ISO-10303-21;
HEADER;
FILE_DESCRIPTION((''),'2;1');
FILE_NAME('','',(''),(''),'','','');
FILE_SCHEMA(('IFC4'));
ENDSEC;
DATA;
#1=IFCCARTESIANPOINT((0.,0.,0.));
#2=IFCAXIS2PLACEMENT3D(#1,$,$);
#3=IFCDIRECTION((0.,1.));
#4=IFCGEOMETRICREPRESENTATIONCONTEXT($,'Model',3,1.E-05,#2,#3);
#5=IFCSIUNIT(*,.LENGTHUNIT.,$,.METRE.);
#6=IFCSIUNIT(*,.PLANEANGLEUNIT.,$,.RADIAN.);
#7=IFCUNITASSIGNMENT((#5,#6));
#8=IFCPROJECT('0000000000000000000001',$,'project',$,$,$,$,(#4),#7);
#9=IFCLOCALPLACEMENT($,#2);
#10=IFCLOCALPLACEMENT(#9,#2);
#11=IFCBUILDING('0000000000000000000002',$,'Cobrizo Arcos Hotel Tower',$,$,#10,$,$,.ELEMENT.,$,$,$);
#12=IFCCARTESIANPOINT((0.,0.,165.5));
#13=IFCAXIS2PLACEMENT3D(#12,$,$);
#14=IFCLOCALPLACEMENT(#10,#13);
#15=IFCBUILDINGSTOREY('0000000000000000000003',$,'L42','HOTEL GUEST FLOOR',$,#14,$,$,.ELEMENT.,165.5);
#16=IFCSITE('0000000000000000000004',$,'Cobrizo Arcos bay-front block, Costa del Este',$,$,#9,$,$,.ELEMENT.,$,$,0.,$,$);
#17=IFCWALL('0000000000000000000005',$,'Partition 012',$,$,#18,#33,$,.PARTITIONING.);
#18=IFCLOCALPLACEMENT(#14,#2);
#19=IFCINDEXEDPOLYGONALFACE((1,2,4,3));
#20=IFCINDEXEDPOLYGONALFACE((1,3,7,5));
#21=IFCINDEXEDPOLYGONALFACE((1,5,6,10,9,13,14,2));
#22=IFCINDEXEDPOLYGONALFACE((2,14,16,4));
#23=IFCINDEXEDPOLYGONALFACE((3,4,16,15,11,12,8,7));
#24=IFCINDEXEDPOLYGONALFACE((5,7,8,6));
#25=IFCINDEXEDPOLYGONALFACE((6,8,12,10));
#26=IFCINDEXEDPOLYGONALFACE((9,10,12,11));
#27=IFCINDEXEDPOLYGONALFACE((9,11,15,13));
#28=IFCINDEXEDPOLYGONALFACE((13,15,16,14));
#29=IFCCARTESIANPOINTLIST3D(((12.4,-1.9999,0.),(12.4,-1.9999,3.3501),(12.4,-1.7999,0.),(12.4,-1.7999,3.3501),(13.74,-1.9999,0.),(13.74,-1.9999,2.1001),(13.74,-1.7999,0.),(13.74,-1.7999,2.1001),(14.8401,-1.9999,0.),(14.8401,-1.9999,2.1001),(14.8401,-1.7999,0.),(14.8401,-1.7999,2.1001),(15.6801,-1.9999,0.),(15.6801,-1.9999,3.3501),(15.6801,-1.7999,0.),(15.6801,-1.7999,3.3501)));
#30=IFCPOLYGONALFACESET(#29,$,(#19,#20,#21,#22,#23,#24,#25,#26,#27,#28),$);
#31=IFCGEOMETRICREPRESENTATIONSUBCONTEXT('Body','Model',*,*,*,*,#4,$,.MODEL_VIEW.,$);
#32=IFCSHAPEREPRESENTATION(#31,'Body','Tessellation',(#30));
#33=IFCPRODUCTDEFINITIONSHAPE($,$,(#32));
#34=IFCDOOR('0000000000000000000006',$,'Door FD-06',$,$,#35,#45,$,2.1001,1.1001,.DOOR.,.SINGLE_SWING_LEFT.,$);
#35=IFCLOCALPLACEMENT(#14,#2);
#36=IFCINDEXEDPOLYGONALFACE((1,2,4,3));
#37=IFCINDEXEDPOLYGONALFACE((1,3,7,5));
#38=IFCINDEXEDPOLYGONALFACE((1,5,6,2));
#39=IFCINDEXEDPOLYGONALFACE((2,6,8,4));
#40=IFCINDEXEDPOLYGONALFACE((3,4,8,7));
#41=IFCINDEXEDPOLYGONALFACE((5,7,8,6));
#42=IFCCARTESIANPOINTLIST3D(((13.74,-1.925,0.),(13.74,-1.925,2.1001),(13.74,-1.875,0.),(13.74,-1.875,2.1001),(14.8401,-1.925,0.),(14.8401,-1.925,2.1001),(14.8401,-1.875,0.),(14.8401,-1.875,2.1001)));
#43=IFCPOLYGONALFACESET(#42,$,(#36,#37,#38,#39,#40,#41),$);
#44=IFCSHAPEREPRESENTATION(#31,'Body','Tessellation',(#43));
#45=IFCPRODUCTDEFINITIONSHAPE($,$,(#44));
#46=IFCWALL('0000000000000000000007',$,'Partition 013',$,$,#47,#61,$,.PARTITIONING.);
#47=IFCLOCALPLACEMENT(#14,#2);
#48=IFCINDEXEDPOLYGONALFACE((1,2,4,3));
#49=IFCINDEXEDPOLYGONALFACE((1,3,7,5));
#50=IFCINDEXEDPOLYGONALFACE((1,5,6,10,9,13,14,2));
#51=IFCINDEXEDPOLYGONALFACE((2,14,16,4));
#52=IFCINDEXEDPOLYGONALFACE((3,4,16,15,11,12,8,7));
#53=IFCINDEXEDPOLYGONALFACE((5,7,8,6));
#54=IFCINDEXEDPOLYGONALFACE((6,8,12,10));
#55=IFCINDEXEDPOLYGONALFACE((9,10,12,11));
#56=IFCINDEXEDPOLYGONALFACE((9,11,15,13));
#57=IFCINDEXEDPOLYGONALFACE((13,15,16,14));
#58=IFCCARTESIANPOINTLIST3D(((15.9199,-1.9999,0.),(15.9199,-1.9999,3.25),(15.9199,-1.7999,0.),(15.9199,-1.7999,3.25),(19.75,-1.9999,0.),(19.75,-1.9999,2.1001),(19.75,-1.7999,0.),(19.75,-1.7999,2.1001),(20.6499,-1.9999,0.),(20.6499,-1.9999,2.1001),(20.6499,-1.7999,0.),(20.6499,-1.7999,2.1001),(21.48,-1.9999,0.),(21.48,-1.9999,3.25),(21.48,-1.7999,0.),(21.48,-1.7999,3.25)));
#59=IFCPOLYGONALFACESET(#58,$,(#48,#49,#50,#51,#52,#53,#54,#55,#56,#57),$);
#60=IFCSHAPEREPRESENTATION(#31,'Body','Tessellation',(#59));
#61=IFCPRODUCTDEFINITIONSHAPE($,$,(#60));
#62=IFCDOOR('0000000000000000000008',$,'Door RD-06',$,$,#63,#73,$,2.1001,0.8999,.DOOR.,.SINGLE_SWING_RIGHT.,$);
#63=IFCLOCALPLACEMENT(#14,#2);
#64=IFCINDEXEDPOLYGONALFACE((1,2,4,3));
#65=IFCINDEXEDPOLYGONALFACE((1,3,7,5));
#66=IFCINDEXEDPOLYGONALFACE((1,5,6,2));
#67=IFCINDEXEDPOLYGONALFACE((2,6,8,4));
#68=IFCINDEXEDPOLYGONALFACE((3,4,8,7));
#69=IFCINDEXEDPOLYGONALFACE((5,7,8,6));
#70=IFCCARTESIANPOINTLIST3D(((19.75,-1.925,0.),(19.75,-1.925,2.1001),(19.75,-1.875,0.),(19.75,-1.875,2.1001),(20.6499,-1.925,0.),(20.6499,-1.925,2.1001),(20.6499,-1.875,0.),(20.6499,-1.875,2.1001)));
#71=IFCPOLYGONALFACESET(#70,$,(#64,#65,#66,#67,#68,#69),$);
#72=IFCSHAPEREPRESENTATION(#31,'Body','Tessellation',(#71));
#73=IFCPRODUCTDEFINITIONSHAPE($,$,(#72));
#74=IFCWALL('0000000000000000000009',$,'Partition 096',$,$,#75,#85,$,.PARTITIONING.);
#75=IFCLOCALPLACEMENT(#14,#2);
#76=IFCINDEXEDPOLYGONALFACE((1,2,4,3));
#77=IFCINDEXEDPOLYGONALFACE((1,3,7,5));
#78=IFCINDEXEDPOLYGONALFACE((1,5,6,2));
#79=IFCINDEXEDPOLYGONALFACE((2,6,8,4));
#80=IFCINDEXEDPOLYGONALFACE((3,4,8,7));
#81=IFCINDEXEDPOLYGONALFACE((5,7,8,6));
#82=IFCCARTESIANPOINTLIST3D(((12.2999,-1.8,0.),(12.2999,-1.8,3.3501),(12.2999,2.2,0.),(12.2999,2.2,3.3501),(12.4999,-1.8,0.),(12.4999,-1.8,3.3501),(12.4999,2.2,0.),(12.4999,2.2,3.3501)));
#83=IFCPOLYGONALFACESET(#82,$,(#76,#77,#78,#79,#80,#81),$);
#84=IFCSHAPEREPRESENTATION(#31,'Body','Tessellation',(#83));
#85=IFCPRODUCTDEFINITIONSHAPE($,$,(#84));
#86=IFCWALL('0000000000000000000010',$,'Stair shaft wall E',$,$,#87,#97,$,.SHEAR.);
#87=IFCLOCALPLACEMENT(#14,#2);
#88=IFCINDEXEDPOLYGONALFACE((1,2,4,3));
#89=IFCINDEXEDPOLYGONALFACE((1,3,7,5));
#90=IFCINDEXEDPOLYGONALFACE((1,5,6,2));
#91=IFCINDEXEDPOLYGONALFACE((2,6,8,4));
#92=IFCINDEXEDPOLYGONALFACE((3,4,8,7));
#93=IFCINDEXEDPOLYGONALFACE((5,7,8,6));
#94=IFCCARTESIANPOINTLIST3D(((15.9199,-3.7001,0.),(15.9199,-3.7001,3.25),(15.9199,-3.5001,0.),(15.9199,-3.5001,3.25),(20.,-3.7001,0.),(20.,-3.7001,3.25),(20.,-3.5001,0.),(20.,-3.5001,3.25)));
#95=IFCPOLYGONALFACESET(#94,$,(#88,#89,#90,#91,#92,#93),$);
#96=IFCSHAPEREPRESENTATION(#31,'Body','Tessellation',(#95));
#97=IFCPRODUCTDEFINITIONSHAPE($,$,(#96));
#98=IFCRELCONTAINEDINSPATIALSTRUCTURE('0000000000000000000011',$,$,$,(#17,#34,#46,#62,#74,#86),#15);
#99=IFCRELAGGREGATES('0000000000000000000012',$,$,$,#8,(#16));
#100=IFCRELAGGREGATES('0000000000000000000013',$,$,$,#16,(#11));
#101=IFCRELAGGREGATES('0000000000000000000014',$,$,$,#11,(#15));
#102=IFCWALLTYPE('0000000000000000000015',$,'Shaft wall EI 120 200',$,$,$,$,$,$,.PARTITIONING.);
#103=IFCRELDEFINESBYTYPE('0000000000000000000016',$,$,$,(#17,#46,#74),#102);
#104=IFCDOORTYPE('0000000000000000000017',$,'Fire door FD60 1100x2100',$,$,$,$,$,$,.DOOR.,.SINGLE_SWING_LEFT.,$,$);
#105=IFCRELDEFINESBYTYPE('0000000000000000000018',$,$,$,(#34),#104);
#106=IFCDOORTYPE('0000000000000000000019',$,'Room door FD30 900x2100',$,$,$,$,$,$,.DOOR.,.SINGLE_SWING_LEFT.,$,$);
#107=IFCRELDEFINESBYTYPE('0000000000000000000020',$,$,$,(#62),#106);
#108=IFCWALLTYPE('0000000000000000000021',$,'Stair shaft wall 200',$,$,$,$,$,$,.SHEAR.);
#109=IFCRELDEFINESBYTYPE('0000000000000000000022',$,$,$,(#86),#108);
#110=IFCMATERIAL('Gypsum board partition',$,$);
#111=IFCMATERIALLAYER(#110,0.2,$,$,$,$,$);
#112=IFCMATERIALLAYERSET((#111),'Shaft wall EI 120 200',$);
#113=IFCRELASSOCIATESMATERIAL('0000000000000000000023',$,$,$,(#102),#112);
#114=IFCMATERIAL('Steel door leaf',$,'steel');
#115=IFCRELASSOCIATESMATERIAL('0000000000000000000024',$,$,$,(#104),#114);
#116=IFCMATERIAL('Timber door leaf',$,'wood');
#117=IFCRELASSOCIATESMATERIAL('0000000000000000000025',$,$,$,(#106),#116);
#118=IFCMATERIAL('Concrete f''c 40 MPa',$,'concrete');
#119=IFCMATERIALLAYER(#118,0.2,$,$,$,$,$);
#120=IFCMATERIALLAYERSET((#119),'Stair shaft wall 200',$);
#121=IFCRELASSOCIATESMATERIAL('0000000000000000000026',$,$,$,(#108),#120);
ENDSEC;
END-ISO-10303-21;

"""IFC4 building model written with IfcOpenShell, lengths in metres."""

from ifc_helpers import new_model, si_unit, direction, frame, frame_2d, origin, place, context, subcontext, project, spatial, rectangle, extrude, material, layer, layer_set, type_object, element, fill, save


model = new_model("IFC4")

# Units and contexts
model_context = context("Model", 3, precision=1e-05, world=origin(), true_north=direction((0.0, 1.0)))
body_context = subcontext(model_context, "Body", "Model", "MODEL_VIEW")
ifc_project = project(units=[si_unit("LENGTHUNIT", "METRE"), si_unit("PLANEANGLEUNIT", "RADIAN")], contexts=[model_context])

# Site, building, storey
site_placement = place(None, origin())
site = spatial("IfcSite", under=ifc_project, at=site_placement, Name="Cobrizo Arcos bay-front block, Costa del Este", CompositionType="ELEMENT", RefElevation=0.0)
building_placement = place(site_placement, origin())
building = spatial("IfcBuilding", under=site, at=building_placement, Name="Cobrizo Arcos Hotel Tower", CompositionType="ELEMENT")
storey_placement = place(building_placement, frame((0.0, 0.0, 165.5)))
storey = spatial("IfcBuildingStorey", under=building, at=storey_placement, Name="L42", Description="HOTEL GUEST FLOOR", CompositionType="ELEMENT", Elevation=165.5)

# Shared definitions
ifc_material_1 = material(Name="Concrete f'c 40 MPa", Category="concrete")

# Shared definitions
ifc_material_2 = material(Name="Gypsum board partition")

# Walls, openings, doors
ifc_layer_1 = layer(ifc_material_2, 0.2)
ifc_layer_set_1 = layer_set([ifc_layer_1], Name="Shaft wall EI 120 200")
wall_type_1 = type_object("IfcWallType", Name="Shaft wall EI 120 200", PredefinedType="PARTITIONING", material=ifc_layer_set_1)
wall_1_placement = place(storey_placement, frame((12.3999, -1.8999, 0.0), z_axis=(0.0, 0.0, 1.0), x_axis=(1.0, 0.0, 0.0)))
wall_1 = element("IfcWall", 1, at=wall_1_placement, inside=storey, type_object=wall_type_1, Name="Partition 012", PredefinedType="PARTITIONING", context=body_context, shape_type="SweptSolid", body=[
    extrude(rectangle(XDim=3.28, YDim=0.2, at=frame_2d((1.6401, 0.0))), origin(), (0.0, 0.0, 1.0), 3.3501),
])
opening_1_placement = place(wall_1_placement, frame((1.3401, 0.0, 0.0)))
opening_1 = element("IfcOpeningElement", 2, at=opening_1_placement, cuts=wall_1, PredefinedType="OPENING", context=body_context, shape_type="SweptSolid", body=[
    extrude(rectangle(XDim=1.1001, YDim=2.1001, at=frame_2d((0.55, 1.05))), frame((0.0, 0.1121, 0.0), z_axis=(0.0, -1.0, 0.0), x_axis=(1.0, 0.0, 0.0)), (0.0, 0.0, 1.0), 0.2239),
])
ifc_material_3 = material(Name="Steel door leaf", Category="steel")
door_type_1 = type_object("IfcDoorType", Name="Fire door FD60 1100x2100", OperationType="SINGLE_SWING_LEFT", PredefinedType="DOOR", material=ifc_material_3)
door_1_placement = place(opening_1_placement, origin())
door_1 = element("IfcDoor", 3, at=door_1_placement, inside=storey, type_object=door_type_1, Name="Door FD-06", OperationType="SINGLE_SWING_LEFT", OverallHeight=2.1001, OverallWidth=1.1001, PredefinedType="DOOR", context=body_context, shape_type="SweptSolid", body=[
    extrude(rectangle(XDim=1.1001, YDim=2.1001, at=frame_2d((0.55, 1.05))), frame((0.0, 0.0249, 0.0), z_axis=(0.0, -1.0, 0.0), x_axis=(1.0, 0.0, 0.0)), (0.0, 0.0, 1.0), 0.05),
])
fill(opening_1, door_1)
wall_2_placement = place(storey_placement, frame((15.9199, -1.8999, 0.0), z_axis=(0.0, 0.0, 1.0), x_axis=(1.0, 0.0, 0.0)))
wall_2 = element("IfcWall", 4, at=wall_2_placement, inside=storey, type_object=wall_type_1, Name="Partition 013", PredefinedType="PARTITIONING", context=body_context, shape_type="SweptSolid", body=[
    extrude(rectangle(XDim=5.5601, YDim=0.2, at=frame_2d((2.78, 0.0))), origin(), (0.0, 0.0, 1.0), 3.25),
])
opening_2_placement = place(wall_2_placement, frame((3.8301, 0.0, 0.0)))
opening_2 = element("IfcOpeningElement", 5, at=opening_2_placement, cuts=wall_2, PredefinedType="OPENING", context=body_context, shape_type="SweptSolid", body=[
    extrude(rectangle(XDim=0.8999, YDim=2.1001, at=frame_2d((0.45, 1.05))), frame((0.0, 0.1121, 0.0), z_axis=(0.0, -1.0, 0.0), x_axis=(1.0, 0.0, 0.0)), (0.0, 0.0, 1.0), 0.2239),
])
ifc_material_4 = material(Name="Timber door leaf", Category="wood")
door_type_2 = type_object("IfcDoorType", Name="Room door FD30 900x2100", OperationType="SINGLE_SWING_LEFT", PredefinedType="DOOR", material=ifc_material_4)
door_2_placement = place(opening_2_placement, origin())
door_2 = element("IfcDoor", 6, at=door_2_placement, inside=storey, type_object=door_type_2, Name="Door RD-06", OperationType="SINGLE_SWING_RIGHT", OverallHeight=2.1001, OverallWidth=0.8999, PredefinedType="DOOR", context=body_context, shape_type="SweptSolid", body=[
    extrude(rectangle(XDim=0.8999, YDim=2.1001, at=frame_2d((0.45, 1.05))), frame((0.0, 0.0249, 0.0), z_axis=(0.0, -1.0, 0.0), x_axis=(1.0, 0.0, 0.0)), (0.0, 0.0, 1.0), 0.05),
])
fill(opening_2, door_2)

# Walls
wall_3_placement = place(storey_placement, frame((12.3999, -1.8, 0.0), z_axis=(0.0, 0.0, 1.0), x_axis=(0.0, 1.0, 0.0)))
element("IfcWall", 7, at=wall_3_placement, inside=storey, type_object=wall_type_1, Name="Partition 096", PredefinedType="PARTITIONING", context=body_context, shape_type="SweptSolid", body=[
    extrude(rectangle(XDim=4.0, YDim=0.2, at=frame_2d((2.0, 0.0))), origin(), (0.0, 0.0, 1.0), 3.3501),
])
ifc_layer_2 = layer(ifc_material_1, 0.2)
ifc_layer_set_2 = layer_set([ifc_layer_2], Name="Stair shaft wall 200")
wall_type_2 = type_object("IfcWallType", Name="Stair shaft wall 200", PredefinedType="SHEAR", material=ifc_layer_set_2)
wall_4_placement = place(storey_placement, frame((15.9199, -3.6001, 0.0), z_axis=(0.0, 0.0, 1.0), x_axis=(1.0, 0.0, 0.0)))
element("IfcWall", 8, at=wall_4_placement, inside=storey, type_object=wall_type_2, Name="Stair shaft wall E", PredefinedType="SHEAR", context=body_context, shape_type="SweptSolid", body=[
    extrude(rectangle(XDim=4.0801, YDim=0.2, at=frame_2d((2.04, 0.0))), origin(), (0.0, 0.0, 1.0), 3.25),
])

save(model, "model.ifc")
